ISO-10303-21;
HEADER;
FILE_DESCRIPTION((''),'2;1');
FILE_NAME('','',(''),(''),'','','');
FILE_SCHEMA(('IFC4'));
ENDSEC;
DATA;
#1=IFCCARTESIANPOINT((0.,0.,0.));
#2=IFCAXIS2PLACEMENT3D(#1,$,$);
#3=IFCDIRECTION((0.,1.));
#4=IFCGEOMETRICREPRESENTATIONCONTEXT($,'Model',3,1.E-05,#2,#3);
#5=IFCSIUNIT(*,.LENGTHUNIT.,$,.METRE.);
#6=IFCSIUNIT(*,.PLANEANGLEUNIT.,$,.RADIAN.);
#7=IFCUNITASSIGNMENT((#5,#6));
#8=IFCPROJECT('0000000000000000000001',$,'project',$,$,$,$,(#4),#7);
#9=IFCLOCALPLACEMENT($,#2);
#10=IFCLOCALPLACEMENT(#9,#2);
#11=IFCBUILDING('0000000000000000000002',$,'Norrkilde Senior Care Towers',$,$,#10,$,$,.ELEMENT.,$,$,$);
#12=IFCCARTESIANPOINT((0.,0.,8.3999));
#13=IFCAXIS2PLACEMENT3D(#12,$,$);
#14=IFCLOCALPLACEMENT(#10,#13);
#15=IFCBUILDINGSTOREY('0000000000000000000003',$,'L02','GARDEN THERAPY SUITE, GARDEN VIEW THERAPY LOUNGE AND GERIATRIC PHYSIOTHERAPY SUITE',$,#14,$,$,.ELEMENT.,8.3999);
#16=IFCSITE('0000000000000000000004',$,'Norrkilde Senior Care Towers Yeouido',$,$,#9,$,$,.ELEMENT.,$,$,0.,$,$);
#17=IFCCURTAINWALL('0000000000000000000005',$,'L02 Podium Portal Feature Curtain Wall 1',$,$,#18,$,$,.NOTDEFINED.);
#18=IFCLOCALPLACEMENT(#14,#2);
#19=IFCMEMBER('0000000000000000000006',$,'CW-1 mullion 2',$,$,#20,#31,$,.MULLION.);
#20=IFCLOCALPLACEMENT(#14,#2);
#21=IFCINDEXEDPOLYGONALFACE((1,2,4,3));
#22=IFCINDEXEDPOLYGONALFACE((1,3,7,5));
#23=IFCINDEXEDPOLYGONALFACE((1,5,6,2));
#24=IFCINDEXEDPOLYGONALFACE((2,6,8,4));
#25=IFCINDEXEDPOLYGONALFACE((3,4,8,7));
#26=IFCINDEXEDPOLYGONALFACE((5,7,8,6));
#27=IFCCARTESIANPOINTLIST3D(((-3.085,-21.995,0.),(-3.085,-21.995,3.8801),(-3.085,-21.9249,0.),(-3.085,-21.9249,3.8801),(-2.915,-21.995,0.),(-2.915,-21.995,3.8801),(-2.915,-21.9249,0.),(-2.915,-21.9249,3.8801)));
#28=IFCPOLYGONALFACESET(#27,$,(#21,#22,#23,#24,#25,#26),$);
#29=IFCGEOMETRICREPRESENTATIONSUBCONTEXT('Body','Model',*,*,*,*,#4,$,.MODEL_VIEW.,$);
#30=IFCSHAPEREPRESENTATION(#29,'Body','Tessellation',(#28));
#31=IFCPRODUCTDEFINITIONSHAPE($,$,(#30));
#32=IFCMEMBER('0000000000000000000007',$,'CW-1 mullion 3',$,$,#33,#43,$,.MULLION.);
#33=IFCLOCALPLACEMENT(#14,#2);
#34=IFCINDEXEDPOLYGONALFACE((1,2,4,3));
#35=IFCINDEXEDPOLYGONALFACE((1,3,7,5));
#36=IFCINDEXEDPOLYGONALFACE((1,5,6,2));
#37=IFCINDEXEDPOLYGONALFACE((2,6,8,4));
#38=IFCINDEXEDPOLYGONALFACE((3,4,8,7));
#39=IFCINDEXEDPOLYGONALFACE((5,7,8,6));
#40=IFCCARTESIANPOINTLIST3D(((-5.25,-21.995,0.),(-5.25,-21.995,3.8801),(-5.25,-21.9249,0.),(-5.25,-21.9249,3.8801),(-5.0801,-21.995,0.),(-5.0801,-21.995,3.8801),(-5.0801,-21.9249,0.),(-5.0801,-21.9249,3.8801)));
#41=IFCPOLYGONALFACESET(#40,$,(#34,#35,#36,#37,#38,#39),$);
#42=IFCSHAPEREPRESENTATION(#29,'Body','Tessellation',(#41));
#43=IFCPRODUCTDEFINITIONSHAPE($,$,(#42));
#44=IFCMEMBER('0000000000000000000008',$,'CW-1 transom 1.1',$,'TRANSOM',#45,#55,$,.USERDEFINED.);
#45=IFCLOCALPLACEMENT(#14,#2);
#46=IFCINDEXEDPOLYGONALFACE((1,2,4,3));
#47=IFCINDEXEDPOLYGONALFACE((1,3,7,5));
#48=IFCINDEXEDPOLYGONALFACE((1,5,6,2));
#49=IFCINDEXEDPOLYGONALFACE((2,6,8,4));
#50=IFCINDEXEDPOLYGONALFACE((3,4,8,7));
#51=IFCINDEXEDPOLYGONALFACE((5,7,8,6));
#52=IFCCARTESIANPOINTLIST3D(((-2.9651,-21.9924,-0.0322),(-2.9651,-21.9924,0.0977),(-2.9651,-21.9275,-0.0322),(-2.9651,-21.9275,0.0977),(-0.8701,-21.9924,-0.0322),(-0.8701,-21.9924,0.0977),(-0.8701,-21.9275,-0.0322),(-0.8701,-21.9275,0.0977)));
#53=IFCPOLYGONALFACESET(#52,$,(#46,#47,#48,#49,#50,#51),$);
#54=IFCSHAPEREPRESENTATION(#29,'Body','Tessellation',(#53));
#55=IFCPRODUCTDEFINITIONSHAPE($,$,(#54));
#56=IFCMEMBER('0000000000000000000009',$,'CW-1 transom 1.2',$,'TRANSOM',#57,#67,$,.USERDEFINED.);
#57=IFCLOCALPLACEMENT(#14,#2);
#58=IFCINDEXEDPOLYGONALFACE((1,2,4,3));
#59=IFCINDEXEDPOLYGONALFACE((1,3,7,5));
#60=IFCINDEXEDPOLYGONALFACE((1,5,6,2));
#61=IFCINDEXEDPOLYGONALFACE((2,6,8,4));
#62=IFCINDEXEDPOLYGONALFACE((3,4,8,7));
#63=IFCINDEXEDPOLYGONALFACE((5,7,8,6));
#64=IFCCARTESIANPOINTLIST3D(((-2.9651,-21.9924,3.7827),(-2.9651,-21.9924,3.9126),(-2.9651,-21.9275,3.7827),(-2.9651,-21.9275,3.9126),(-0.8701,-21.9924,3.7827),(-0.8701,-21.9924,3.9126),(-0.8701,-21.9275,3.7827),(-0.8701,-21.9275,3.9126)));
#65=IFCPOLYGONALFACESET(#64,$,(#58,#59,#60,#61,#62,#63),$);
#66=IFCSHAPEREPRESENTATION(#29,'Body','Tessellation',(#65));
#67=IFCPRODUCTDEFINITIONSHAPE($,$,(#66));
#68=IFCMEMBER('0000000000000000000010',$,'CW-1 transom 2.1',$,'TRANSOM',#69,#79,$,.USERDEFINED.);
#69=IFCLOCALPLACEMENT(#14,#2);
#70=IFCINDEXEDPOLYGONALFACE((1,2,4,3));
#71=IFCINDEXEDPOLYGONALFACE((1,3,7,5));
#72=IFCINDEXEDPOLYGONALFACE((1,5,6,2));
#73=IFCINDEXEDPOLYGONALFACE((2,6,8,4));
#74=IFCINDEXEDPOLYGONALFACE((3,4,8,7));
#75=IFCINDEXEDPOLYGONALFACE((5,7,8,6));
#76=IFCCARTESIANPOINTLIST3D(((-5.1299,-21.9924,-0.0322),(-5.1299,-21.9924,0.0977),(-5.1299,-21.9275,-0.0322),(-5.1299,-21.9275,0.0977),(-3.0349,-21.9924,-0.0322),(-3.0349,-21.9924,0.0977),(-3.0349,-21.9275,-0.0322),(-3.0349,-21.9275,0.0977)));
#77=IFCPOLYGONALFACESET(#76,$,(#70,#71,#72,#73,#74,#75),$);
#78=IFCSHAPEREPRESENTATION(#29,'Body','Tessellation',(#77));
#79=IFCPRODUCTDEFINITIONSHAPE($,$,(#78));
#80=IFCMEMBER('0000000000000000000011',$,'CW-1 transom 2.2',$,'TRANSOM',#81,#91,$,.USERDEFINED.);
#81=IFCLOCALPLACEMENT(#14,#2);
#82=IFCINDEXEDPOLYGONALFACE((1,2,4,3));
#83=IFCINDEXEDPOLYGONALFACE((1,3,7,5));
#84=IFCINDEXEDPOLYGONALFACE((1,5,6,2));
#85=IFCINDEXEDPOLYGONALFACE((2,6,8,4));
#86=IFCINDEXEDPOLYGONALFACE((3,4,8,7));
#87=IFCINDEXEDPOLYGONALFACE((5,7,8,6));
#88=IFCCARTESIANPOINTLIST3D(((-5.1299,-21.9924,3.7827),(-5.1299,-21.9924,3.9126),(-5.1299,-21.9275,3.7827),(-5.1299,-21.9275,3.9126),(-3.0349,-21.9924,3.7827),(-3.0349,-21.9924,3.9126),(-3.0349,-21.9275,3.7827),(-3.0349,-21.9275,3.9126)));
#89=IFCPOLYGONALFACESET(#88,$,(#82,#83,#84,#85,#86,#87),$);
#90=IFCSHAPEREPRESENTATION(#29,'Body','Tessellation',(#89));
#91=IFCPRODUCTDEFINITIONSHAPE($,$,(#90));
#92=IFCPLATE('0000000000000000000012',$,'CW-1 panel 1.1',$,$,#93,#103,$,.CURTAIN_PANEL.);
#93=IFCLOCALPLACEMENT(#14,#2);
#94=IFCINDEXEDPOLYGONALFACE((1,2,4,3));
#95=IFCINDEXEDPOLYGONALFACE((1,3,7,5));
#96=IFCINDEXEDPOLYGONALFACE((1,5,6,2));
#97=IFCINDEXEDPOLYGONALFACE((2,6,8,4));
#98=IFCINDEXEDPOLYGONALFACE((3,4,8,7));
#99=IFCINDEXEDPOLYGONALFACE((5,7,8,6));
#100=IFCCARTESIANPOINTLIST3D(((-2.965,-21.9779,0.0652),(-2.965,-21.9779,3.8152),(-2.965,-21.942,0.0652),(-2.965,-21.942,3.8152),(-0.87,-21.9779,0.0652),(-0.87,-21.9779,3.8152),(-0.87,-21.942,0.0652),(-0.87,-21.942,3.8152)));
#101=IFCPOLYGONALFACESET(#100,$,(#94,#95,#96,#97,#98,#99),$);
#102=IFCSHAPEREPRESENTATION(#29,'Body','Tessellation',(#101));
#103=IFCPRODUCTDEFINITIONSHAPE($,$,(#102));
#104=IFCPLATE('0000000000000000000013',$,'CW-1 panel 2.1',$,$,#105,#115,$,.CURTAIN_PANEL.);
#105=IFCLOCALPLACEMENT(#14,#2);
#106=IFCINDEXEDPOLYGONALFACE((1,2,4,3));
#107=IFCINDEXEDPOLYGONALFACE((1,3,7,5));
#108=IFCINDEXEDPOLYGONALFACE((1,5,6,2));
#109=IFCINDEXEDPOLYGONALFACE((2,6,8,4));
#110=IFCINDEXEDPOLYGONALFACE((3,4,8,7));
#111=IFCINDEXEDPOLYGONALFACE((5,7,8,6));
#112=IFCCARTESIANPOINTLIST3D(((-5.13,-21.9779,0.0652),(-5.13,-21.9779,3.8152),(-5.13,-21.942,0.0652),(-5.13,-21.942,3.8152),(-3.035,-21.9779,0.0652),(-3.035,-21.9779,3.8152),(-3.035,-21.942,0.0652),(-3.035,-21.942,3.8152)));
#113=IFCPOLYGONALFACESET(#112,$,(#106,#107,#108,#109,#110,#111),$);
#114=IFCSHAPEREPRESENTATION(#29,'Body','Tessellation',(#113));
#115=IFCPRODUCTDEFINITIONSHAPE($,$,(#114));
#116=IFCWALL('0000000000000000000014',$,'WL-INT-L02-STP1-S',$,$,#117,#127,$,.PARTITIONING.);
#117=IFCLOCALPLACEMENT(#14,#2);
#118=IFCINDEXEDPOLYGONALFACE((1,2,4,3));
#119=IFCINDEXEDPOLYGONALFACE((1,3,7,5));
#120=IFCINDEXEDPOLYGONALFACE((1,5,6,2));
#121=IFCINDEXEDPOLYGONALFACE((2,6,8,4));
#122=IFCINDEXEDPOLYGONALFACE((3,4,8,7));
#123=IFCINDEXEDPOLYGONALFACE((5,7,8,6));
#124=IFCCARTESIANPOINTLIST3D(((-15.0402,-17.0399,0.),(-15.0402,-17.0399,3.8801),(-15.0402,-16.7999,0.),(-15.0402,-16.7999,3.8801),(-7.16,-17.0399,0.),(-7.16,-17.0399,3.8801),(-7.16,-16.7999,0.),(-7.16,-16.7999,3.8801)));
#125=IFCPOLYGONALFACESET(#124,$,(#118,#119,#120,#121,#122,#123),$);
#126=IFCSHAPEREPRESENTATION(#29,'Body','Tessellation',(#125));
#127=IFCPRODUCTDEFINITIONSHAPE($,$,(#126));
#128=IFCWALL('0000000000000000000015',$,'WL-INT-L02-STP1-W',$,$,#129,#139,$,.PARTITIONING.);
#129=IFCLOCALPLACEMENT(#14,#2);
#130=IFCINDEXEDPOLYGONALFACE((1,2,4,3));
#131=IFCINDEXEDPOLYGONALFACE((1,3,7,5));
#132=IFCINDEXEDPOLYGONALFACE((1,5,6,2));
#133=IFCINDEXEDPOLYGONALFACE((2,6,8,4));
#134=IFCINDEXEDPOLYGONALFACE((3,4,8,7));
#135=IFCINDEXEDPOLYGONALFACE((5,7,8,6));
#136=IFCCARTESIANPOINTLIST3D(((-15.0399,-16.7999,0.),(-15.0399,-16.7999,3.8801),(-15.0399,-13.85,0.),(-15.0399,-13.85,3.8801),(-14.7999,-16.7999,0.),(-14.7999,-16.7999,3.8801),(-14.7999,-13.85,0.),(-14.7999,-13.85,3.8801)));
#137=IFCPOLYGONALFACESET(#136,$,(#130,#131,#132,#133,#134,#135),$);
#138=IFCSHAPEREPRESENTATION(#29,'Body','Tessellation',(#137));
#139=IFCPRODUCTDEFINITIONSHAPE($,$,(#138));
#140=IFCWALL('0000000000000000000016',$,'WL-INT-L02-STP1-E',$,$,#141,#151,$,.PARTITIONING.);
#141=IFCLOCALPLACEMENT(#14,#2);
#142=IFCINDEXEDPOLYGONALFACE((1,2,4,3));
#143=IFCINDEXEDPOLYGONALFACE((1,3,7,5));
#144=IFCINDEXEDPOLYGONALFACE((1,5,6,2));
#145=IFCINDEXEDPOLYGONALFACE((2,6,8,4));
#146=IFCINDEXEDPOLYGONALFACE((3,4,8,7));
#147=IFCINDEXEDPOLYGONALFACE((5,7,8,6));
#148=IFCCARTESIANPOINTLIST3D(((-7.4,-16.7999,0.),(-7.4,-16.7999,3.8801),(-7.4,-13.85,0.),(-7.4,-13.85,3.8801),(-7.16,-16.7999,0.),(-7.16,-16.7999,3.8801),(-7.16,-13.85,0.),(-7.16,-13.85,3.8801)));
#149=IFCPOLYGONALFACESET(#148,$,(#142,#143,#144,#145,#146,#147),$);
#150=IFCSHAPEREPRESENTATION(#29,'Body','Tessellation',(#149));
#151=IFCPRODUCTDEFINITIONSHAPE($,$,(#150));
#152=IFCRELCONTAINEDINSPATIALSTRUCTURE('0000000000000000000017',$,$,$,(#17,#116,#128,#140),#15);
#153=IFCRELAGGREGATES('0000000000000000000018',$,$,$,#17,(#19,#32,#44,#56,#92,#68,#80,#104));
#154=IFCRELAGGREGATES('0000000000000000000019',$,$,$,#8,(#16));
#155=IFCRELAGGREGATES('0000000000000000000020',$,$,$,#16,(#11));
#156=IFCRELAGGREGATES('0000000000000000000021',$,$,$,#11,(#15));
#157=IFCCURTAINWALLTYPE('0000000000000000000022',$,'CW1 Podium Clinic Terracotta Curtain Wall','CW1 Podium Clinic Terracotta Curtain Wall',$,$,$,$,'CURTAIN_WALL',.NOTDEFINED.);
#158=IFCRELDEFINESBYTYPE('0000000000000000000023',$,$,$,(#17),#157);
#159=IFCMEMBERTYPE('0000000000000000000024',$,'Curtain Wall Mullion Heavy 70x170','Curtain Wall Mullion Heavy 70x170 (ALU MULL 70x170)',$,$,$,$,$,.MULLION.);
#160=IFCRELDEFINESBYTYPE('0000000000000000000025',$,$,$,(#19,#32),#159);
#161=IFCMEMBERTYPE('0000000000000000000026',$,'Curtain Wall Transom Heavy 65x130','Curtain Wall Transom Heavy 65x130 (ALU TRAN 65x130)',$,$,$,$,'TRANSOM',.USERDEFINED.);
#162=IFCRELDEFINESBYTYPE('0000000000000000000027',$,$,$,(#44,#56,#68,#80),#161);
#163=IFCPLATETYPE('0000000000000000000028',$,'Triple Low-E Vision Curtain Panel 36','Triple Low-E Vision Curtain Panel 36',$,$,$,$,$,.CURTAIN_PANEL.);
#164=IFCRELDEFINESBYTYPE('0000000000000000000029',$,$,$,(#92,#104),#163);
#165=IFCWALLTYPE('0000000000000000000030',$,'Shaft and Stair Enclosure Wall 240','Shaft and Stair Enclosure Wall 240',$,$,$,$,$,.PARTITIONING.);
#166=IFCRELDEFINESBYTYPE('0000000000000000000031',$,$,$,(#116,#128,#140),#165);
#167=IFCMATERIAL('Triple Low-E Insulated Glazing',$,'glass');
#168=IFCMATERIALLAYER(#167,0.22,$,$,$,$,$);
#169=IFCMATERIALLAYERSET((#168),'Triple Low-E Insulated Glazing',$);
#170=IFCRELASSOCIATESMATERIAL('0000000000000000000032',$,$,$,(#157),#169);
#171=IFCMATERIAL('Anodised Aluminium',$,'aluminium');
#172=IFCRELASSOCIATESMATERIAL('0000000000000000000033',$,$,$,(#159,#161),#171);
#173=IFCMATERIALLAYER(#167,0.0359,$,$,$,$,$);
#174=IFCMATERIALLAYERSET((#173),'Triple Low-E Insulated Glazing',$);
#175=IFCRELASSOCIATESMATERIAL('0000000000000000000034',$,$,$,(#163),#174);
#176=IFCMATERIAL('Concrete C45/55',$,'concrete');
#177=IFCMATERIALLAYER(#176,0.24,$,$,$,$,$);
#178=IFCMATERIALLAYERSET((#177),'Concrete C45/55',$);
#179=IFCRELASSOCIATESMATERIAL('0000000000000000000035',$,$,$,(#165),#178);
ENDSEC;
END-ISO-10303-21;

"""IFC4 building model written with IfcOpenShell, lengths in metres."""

from ifc_helpers import new_model, si_unit, direction, frame, frame_2d, origin, origin_2d, place, context, subcontext, project, spatial, rectangle, extrude, source, transform, mapped, material, layer, layer_set, material_profile, profile_set, type_object, type_shapes, element, aggregate, save


model = new_model("IFC4")

# Units and contexts
model_context = context("Model", 3, precision=1e-05, world=origin(), true_north=direction((0.0, 1.0)))
body_context = subcontext(model_context, "Body", "Model", "MODEL_VIEW")
ifc_project = project(units=[si_unit("LENGTHUNIT", "METRE"), si_unit("PLANEANGLEUNIT", "RADIAN")], contexts=[model_context])

# Site, building, storey
site_placement = place(None, origin())
site = spatial("IfcSite", under=ifc_project, at=site_placement, Name="Norrkilde Senior Care Towers Yeouido", CompositionType="ELEMENT", RefElevation=0.0)
building_placement = place(site_placement, origin())
building = spatial("IfcBuilding", under=site, at=building_placement, Name="Norrkilde Senior Care Towers", CompositionType="ELEMENT")
storey_placement = place(building_placement, frame((0.0, 0.0, 8.3999)))
storey = spatial("IfcBuildingStorey", under=building, at=storey_placement, Name="L02", Description="GARDEN THERAPY SUITE, GARDEN VIEW THERAPY LOUNGE AND GERIATRIC PHYSIOTHERAPY SUITE", CompositionType="ELEMENT", Elevation=8.3999)

# Curtain wall, members, plates
ifc_material_1 = material(Name="Triple Low-E Insulated Glazing", Category="glass")
ifc_layer_1 = layer(ifc_material_1, 0.22)
ifc_layer_set_1 = layer_set([ifc_layer_1], Name="Triple Low-E Insulated Glazing")
curtain_wall_type = type_object("IfcCurtainWallType", Name="CW1 Podium Clinic Terracotta Curtain Wall", Description="CW1 Podium Clinic Terracotta Curtain Wall", ElementType="CURTAIN_WALL", PredefinedType="NOTDEFINED", material=ifc_layer_set_1)
curtain_wall_placement = place(storey_placement, origin())
curtain_wall = element("IfcCurtainWall", 1, at=curtain_wall_placement, inside=storey, type_object=curtain_wall_type, Name="L02 Podium Portal Feature Curtain Wall 1", PredefinedType="NOTDEFINED")
ifc_material_2 = material(Name="Anodised Aluminium", Category="aluminium")
ifc_material_profile_1 = material_profile(ifc_material_2, rectangle(XDim=0.0701, YDim=0.1699, at=origin_2d()), Name="ALU MULL 70x170")
ifc_profile_set_1 = profile_set([ifc_material_profile_1], Name="Anodised Aluminium")
member_type_1 = type_object("IfcMemberType", Name="Curtain Wall Mullion Heavy 70x170", Description="Curtain Wall Mullion Heavy 70x170 (ALU MULL 70x170)", PredefinedType="MULLION", material=ifc_profile_set_1)
shared_shape_1 = source(origin(), body_context, "Body", "SweptSolid", [
    extrude(rectangle(XDim=0.0701, YDim=0.1699, at=origin_2d()), origin(), (0.0, 0.0, 1.0), 3.8801),
])
type_shapes(member_type_1, [shared_shape_1])
member_1_placement = place(storey_placement, frame((-3.0, -21.96, 0.0), z_axis=(0.0, 0.0, 1.0), x_axis=(0.0, -1.0, 0.0)))
member_1 = element("IfcMember", 2, at=member_1_placement, type_object=member_type_1, Name="CW-1 mullion 2", PredefinedType="MULLION", context=body_context, shape_type="MappedRepresentation", body=[
    mapped(shared_shape_1, transform((0.0, 0.0, 0.0), x_axis=(1.0, 0.0, 0.0), y_axis=(0.0, 1.0, 0.0), z_axis=(0.0, 0.0, 1.0), scale=1.0)),
])
member_2_placement = place(storey_placement, frame((-5.165, -21.96, 0.0), z_axis=(0.0, 0.0, 1.0), x_axis=(0.0, -1.0, 0.0)))
member_2 = element("IfcMember", 3, at=member_2_placement, type_object=member_type_1, Name="CW-1 mullion 3", PredefinedType="MULLION", context=body_context, shape_type="MappedRepresentation", body=[
    mapped(shared_shape_1, transform((0.0, 0.0, 0.0), x_axis=(1.0, 0.0, 0.0), y_axis=(0.0, 1.0, 0.0), z_axis=(0.0, 0.0, 1.0), scale=1.0)),
])
ifc_material_profile_2 = material_profile(ifc_material_2, rectangle(XDim=0.0649, YDim=0.1299, at=origin_2d()), Name="ALU TRAN 65x130")
ifc_profile_set_2 = profile_set([ifc_material_profile_2], Name="Anodised Aluminium")
member_type_2 = type_object("IfcMemberType", Name="Curtain Wall Transom Heavy 65x130", Description="Curtain Wall Transom Heavy 65x130 (ALU TRAN 65x130)", ElementType="TRANSOM", PredefinedType="USERDEFINED", material=ifc_profile_set_2)
shared_shape_2 = source(origin(), body_context, "Body", "SweptSolid", [
    extrude(rectangle(XDim=0.0649, YDim=0.1299, at=origin_2d()), origin(), (0.0, 0.0, 1.0), 2.095),
])
type_shapes(member_type_2, [shared_shape_2])
member_3_placement = place(storey_placement, frame((-0.8701, -21.96, 0.0327), z_axis=(-1.0, 0.0, 0.0), x_axis=(0.0, -1.0, 0.0)))
member_3 = element("IfcMember", 4, at=member_3_placement, type_object=member_type_2, Name="CW-1 transom 1.1", ObjectType="TRANSOM", PredefinedType="USERDEFINED", context=body_context, shape_type="MappedRepresentation", body=[
    mapped(shared_shape_2, transform((0.0, 0.0, 0.0), x_axis=(1.0, 0.0, 0.0), y_axis=(0.0, 1.0, 0.0), z_axis=(0.0, 0.0, 1.0), scale=1.0)),
])
member_4_placement = place(storey_placement, frame((-0.8701, -21.96, 3.8477), z_axis=(-1.0, 0.0, 0.0), x_axis=(0.0, -1.0, 0.0)))
member_4 = element("IfcMember", 5, at=member_4_placement, type_object=member_type_2, Name="CW-1 transom 1.2", ObjectType="TRANSOM", PredefinedType="USERDEFINED", context=body_context, shape_type="MappedRepresentation", body=[
    mapped(shared_shape_2, transform((0.0, 0.0, 0.0), x_axis=(1.0, 0.0, 0.0), y_axis=(0.0, 1.0, 0.0), z_axis=(0.0, 0.0, 1.0), scale=1.0)),
])
member_5_placement = place(storey_placement, frame((-3.0349, -21.96, 0.0327), z_axis=(-1.0, 0.0, 0.0), x_axis=(0.0, -1.0, 0.0)))
member_5 = element("IfcMember", 6, at=member_5_placement, type_object=member_type_2, Name="CW-1 transom 2.1", ObjectType="TRANSOM", PredefinedType="USERDEFINED", context=body_context, shape_type="MappedRepresentation", body=[
    mapped(shared_shape_2, transform((0.0, 0.0, 0.0), x_axis=(1.0, 0.0, 0.0), y_axis=(0.0, 1.0, 0.0), z_axis=(0.0, 0.0, 1.0), scale=1.0)),
])
member_6_placement = place(storey_placement, frame((-3.0349, -21.96, 3.8477), z_axis=(-1.0, 0.0, 0.0), x_axis=(0.0, -1.0, 0.0)))
member_6 = element("IfcMember", 7, at=member_6_placement, type_object=member_type_2, Name="CW-1 transom 2.2", ObjectType="TRANSOM", PredefinedType="USERDEFINED", context=body_context, shape_type="MappedRepresentation", body=[
    mapped(shared_shape_2, transform((0.0, 0.0, 0.0), x_axis=(1.0, 0.0, 0.0), y_axis=(0.0, 1.0, 0.0), z_axis=(0.0, 0.0, 1.0), scale=1.0)),
])
ifc_layer_2 = layer(ifc_material_1, 0.0359)
ifc_layer_set_2 = layer_set([ifc_layer_2], Name="Triple Low-E Insulated Glazing")
plate_type = type_object("IfcPlateType", Name="Triple Low-E Vision Curtain Panel 36", Description="Triple Low-E Vision Curtain Panel 36", PredefinedType="CURTAIN_PANEL", material=ifc_layer_set_2)
shared_shape_3 = source(origin(), body_context, "Body", "SweptSolid", [
    extrude(rectangle(XDim=2.095, YDim=0.0359, at=origin_2d()), origin(), (0.0, 0.0, 1.0), 3.75),
])
type_shapes(plate_type, [shared_shape_3])
plate_1_placement = place(storey_placement, frame((-1.9175, -21.96, 0.0652), z_axis=(0.0, 0.0, 1.0), x_axis=(-1.0, 0.0, 0.0)))
plate_1 = element("IfcPlate", 8, at=plate_1_placement, type_object=plate_type, Name="CW-1 panel 1.1", PredefinedType="CURTAIN_PANEL", context=body_context, shape_type="MappedRepresentation", body=[
    mapped(shared_shape_3, transform((0.0, 0.0, 0.0), x_axis=(1.0, 0.0, 0.0), y_axis=(0.0, 1.0, 0.0), z_axis=(0.0, 0.0, 1.0), scale=1.0)),
])
plate_2_placement = place(storey_placement, frame((-4.0825, -21.96, 0.0652), z_axis=(0.0, 0.0, 1.0), x_axis=(-1.0, 0.0, 0.0)))
plate_2 = element("IfcPlate", 9, at=plate_2_placement, type_object=plate_type, Name="CW-1 panel 2.1", PredefinedType="CURTAIN_PANEL", context=body_context, shape_type="MappedRepresentation", body=[
    mapped(shared_shape_3, transform((0.0, 0.0, 0.0), x_axis=(1.0, 0.0, 0.0), y_axis=(0.0, 1.0, 0.0), z_axis=(0.0, 0.0, 1.0), scale=1.0)),
])
aggregate(curtain_wall, [member_1, member_2, member_3, member_4, plate_1, member_5, member_6, plate_2])

# Walls
ifc_material_3 = material(Name="Concrete C45/55", Category="concrete")
ifc_layer_3 = layer(ifc_material_3, 0.24)
ifc_layer_set_3 = layer_set([ifc_layer_3], Name="Concrete C45/55")
wall_type = type_object("IfcWallType", Name="Shaft and Stair Enclosure Wall 240", Description="Shaft and Stair Enclosure Wall 240", PredefinedType="PARTITIONING", material=ifc_layer_set_3)
shared_shape_4 = source(origin(), body_context, "Body", "SweptSolid", [
    extrude(rectangle(XDim=7.8801, YDim=0.24, at=frame_2d((3.9399, 0.0))), origin(), (0.0, 0.0, 1.0), 3.8801),
])
wall_placement = place(storey_placement, frame((-15.04, -16.9199, 0.0), z_axis=(0.0, 0.0, 1.0), x_axis=(1.0, 0.0, 0.0)))
element("IfcWall", 10, at=wall_placement, inside=storey, type_object=wall_type, Name="WL-INT-L02-STP1-S", PredefinedType="PARTITIONING", context=body_context, shape_type="MappedRepresentation", body=[
    mapped(shared_shape_4, transform((0.0, 0.0, 0.0), x_axis=(1.0, 0.0, 0.0), y_axis=(0.0, 1.0, 0.0), z_axis=(0.0, 0.0, 1.0), scale=1.0)),
])
shared_shape_5 = source(origin(), body_context, "Body", "SweptSolid", [
    extrude(rectangle(XDim=2.95, YDim=0.24, at=frame_2d((1.4751, 0.0))), origin(), (0.0, 0.0, 1.0), 3.8801),
])
type_shapes(wall_type, [shared_shape_4, shared_shape_5])
for number, where, z_axis, x_axis, name in (
    (11, (-14.9199, -16.8, 0.0), (0.0, 0.0, 1.0), (0.0, 1.0, 0.0), "WL-INT-L02-STP1-W"),
    (12, (-7.28, -16.8, 0.0), (0.0, 0.0, 1.0), (0.0, 1.0, 0.0), "WL-INT-L02-STP1-E"),
):
    element("IfcWall", number, at=place(storey_placement, frame(where, z_axis=z_axis, x_axis=x_axis)), inside=storey, type_object=wall_type, Name=name, PredefinedType="PARTITIONING", context=body_context, shape_type="MappedRepresentation", body=[
        mapped(shared_shape_5, transform((0.0, 0.0, 0.0), x_axis=(1.0, 0.0, 0.0), y_axis=(0.0, 1.0, 0.0), z_axis=(0.0, 0.0, 1.0), scale=1.0)),
    ])

save(model, "model.ifc")
